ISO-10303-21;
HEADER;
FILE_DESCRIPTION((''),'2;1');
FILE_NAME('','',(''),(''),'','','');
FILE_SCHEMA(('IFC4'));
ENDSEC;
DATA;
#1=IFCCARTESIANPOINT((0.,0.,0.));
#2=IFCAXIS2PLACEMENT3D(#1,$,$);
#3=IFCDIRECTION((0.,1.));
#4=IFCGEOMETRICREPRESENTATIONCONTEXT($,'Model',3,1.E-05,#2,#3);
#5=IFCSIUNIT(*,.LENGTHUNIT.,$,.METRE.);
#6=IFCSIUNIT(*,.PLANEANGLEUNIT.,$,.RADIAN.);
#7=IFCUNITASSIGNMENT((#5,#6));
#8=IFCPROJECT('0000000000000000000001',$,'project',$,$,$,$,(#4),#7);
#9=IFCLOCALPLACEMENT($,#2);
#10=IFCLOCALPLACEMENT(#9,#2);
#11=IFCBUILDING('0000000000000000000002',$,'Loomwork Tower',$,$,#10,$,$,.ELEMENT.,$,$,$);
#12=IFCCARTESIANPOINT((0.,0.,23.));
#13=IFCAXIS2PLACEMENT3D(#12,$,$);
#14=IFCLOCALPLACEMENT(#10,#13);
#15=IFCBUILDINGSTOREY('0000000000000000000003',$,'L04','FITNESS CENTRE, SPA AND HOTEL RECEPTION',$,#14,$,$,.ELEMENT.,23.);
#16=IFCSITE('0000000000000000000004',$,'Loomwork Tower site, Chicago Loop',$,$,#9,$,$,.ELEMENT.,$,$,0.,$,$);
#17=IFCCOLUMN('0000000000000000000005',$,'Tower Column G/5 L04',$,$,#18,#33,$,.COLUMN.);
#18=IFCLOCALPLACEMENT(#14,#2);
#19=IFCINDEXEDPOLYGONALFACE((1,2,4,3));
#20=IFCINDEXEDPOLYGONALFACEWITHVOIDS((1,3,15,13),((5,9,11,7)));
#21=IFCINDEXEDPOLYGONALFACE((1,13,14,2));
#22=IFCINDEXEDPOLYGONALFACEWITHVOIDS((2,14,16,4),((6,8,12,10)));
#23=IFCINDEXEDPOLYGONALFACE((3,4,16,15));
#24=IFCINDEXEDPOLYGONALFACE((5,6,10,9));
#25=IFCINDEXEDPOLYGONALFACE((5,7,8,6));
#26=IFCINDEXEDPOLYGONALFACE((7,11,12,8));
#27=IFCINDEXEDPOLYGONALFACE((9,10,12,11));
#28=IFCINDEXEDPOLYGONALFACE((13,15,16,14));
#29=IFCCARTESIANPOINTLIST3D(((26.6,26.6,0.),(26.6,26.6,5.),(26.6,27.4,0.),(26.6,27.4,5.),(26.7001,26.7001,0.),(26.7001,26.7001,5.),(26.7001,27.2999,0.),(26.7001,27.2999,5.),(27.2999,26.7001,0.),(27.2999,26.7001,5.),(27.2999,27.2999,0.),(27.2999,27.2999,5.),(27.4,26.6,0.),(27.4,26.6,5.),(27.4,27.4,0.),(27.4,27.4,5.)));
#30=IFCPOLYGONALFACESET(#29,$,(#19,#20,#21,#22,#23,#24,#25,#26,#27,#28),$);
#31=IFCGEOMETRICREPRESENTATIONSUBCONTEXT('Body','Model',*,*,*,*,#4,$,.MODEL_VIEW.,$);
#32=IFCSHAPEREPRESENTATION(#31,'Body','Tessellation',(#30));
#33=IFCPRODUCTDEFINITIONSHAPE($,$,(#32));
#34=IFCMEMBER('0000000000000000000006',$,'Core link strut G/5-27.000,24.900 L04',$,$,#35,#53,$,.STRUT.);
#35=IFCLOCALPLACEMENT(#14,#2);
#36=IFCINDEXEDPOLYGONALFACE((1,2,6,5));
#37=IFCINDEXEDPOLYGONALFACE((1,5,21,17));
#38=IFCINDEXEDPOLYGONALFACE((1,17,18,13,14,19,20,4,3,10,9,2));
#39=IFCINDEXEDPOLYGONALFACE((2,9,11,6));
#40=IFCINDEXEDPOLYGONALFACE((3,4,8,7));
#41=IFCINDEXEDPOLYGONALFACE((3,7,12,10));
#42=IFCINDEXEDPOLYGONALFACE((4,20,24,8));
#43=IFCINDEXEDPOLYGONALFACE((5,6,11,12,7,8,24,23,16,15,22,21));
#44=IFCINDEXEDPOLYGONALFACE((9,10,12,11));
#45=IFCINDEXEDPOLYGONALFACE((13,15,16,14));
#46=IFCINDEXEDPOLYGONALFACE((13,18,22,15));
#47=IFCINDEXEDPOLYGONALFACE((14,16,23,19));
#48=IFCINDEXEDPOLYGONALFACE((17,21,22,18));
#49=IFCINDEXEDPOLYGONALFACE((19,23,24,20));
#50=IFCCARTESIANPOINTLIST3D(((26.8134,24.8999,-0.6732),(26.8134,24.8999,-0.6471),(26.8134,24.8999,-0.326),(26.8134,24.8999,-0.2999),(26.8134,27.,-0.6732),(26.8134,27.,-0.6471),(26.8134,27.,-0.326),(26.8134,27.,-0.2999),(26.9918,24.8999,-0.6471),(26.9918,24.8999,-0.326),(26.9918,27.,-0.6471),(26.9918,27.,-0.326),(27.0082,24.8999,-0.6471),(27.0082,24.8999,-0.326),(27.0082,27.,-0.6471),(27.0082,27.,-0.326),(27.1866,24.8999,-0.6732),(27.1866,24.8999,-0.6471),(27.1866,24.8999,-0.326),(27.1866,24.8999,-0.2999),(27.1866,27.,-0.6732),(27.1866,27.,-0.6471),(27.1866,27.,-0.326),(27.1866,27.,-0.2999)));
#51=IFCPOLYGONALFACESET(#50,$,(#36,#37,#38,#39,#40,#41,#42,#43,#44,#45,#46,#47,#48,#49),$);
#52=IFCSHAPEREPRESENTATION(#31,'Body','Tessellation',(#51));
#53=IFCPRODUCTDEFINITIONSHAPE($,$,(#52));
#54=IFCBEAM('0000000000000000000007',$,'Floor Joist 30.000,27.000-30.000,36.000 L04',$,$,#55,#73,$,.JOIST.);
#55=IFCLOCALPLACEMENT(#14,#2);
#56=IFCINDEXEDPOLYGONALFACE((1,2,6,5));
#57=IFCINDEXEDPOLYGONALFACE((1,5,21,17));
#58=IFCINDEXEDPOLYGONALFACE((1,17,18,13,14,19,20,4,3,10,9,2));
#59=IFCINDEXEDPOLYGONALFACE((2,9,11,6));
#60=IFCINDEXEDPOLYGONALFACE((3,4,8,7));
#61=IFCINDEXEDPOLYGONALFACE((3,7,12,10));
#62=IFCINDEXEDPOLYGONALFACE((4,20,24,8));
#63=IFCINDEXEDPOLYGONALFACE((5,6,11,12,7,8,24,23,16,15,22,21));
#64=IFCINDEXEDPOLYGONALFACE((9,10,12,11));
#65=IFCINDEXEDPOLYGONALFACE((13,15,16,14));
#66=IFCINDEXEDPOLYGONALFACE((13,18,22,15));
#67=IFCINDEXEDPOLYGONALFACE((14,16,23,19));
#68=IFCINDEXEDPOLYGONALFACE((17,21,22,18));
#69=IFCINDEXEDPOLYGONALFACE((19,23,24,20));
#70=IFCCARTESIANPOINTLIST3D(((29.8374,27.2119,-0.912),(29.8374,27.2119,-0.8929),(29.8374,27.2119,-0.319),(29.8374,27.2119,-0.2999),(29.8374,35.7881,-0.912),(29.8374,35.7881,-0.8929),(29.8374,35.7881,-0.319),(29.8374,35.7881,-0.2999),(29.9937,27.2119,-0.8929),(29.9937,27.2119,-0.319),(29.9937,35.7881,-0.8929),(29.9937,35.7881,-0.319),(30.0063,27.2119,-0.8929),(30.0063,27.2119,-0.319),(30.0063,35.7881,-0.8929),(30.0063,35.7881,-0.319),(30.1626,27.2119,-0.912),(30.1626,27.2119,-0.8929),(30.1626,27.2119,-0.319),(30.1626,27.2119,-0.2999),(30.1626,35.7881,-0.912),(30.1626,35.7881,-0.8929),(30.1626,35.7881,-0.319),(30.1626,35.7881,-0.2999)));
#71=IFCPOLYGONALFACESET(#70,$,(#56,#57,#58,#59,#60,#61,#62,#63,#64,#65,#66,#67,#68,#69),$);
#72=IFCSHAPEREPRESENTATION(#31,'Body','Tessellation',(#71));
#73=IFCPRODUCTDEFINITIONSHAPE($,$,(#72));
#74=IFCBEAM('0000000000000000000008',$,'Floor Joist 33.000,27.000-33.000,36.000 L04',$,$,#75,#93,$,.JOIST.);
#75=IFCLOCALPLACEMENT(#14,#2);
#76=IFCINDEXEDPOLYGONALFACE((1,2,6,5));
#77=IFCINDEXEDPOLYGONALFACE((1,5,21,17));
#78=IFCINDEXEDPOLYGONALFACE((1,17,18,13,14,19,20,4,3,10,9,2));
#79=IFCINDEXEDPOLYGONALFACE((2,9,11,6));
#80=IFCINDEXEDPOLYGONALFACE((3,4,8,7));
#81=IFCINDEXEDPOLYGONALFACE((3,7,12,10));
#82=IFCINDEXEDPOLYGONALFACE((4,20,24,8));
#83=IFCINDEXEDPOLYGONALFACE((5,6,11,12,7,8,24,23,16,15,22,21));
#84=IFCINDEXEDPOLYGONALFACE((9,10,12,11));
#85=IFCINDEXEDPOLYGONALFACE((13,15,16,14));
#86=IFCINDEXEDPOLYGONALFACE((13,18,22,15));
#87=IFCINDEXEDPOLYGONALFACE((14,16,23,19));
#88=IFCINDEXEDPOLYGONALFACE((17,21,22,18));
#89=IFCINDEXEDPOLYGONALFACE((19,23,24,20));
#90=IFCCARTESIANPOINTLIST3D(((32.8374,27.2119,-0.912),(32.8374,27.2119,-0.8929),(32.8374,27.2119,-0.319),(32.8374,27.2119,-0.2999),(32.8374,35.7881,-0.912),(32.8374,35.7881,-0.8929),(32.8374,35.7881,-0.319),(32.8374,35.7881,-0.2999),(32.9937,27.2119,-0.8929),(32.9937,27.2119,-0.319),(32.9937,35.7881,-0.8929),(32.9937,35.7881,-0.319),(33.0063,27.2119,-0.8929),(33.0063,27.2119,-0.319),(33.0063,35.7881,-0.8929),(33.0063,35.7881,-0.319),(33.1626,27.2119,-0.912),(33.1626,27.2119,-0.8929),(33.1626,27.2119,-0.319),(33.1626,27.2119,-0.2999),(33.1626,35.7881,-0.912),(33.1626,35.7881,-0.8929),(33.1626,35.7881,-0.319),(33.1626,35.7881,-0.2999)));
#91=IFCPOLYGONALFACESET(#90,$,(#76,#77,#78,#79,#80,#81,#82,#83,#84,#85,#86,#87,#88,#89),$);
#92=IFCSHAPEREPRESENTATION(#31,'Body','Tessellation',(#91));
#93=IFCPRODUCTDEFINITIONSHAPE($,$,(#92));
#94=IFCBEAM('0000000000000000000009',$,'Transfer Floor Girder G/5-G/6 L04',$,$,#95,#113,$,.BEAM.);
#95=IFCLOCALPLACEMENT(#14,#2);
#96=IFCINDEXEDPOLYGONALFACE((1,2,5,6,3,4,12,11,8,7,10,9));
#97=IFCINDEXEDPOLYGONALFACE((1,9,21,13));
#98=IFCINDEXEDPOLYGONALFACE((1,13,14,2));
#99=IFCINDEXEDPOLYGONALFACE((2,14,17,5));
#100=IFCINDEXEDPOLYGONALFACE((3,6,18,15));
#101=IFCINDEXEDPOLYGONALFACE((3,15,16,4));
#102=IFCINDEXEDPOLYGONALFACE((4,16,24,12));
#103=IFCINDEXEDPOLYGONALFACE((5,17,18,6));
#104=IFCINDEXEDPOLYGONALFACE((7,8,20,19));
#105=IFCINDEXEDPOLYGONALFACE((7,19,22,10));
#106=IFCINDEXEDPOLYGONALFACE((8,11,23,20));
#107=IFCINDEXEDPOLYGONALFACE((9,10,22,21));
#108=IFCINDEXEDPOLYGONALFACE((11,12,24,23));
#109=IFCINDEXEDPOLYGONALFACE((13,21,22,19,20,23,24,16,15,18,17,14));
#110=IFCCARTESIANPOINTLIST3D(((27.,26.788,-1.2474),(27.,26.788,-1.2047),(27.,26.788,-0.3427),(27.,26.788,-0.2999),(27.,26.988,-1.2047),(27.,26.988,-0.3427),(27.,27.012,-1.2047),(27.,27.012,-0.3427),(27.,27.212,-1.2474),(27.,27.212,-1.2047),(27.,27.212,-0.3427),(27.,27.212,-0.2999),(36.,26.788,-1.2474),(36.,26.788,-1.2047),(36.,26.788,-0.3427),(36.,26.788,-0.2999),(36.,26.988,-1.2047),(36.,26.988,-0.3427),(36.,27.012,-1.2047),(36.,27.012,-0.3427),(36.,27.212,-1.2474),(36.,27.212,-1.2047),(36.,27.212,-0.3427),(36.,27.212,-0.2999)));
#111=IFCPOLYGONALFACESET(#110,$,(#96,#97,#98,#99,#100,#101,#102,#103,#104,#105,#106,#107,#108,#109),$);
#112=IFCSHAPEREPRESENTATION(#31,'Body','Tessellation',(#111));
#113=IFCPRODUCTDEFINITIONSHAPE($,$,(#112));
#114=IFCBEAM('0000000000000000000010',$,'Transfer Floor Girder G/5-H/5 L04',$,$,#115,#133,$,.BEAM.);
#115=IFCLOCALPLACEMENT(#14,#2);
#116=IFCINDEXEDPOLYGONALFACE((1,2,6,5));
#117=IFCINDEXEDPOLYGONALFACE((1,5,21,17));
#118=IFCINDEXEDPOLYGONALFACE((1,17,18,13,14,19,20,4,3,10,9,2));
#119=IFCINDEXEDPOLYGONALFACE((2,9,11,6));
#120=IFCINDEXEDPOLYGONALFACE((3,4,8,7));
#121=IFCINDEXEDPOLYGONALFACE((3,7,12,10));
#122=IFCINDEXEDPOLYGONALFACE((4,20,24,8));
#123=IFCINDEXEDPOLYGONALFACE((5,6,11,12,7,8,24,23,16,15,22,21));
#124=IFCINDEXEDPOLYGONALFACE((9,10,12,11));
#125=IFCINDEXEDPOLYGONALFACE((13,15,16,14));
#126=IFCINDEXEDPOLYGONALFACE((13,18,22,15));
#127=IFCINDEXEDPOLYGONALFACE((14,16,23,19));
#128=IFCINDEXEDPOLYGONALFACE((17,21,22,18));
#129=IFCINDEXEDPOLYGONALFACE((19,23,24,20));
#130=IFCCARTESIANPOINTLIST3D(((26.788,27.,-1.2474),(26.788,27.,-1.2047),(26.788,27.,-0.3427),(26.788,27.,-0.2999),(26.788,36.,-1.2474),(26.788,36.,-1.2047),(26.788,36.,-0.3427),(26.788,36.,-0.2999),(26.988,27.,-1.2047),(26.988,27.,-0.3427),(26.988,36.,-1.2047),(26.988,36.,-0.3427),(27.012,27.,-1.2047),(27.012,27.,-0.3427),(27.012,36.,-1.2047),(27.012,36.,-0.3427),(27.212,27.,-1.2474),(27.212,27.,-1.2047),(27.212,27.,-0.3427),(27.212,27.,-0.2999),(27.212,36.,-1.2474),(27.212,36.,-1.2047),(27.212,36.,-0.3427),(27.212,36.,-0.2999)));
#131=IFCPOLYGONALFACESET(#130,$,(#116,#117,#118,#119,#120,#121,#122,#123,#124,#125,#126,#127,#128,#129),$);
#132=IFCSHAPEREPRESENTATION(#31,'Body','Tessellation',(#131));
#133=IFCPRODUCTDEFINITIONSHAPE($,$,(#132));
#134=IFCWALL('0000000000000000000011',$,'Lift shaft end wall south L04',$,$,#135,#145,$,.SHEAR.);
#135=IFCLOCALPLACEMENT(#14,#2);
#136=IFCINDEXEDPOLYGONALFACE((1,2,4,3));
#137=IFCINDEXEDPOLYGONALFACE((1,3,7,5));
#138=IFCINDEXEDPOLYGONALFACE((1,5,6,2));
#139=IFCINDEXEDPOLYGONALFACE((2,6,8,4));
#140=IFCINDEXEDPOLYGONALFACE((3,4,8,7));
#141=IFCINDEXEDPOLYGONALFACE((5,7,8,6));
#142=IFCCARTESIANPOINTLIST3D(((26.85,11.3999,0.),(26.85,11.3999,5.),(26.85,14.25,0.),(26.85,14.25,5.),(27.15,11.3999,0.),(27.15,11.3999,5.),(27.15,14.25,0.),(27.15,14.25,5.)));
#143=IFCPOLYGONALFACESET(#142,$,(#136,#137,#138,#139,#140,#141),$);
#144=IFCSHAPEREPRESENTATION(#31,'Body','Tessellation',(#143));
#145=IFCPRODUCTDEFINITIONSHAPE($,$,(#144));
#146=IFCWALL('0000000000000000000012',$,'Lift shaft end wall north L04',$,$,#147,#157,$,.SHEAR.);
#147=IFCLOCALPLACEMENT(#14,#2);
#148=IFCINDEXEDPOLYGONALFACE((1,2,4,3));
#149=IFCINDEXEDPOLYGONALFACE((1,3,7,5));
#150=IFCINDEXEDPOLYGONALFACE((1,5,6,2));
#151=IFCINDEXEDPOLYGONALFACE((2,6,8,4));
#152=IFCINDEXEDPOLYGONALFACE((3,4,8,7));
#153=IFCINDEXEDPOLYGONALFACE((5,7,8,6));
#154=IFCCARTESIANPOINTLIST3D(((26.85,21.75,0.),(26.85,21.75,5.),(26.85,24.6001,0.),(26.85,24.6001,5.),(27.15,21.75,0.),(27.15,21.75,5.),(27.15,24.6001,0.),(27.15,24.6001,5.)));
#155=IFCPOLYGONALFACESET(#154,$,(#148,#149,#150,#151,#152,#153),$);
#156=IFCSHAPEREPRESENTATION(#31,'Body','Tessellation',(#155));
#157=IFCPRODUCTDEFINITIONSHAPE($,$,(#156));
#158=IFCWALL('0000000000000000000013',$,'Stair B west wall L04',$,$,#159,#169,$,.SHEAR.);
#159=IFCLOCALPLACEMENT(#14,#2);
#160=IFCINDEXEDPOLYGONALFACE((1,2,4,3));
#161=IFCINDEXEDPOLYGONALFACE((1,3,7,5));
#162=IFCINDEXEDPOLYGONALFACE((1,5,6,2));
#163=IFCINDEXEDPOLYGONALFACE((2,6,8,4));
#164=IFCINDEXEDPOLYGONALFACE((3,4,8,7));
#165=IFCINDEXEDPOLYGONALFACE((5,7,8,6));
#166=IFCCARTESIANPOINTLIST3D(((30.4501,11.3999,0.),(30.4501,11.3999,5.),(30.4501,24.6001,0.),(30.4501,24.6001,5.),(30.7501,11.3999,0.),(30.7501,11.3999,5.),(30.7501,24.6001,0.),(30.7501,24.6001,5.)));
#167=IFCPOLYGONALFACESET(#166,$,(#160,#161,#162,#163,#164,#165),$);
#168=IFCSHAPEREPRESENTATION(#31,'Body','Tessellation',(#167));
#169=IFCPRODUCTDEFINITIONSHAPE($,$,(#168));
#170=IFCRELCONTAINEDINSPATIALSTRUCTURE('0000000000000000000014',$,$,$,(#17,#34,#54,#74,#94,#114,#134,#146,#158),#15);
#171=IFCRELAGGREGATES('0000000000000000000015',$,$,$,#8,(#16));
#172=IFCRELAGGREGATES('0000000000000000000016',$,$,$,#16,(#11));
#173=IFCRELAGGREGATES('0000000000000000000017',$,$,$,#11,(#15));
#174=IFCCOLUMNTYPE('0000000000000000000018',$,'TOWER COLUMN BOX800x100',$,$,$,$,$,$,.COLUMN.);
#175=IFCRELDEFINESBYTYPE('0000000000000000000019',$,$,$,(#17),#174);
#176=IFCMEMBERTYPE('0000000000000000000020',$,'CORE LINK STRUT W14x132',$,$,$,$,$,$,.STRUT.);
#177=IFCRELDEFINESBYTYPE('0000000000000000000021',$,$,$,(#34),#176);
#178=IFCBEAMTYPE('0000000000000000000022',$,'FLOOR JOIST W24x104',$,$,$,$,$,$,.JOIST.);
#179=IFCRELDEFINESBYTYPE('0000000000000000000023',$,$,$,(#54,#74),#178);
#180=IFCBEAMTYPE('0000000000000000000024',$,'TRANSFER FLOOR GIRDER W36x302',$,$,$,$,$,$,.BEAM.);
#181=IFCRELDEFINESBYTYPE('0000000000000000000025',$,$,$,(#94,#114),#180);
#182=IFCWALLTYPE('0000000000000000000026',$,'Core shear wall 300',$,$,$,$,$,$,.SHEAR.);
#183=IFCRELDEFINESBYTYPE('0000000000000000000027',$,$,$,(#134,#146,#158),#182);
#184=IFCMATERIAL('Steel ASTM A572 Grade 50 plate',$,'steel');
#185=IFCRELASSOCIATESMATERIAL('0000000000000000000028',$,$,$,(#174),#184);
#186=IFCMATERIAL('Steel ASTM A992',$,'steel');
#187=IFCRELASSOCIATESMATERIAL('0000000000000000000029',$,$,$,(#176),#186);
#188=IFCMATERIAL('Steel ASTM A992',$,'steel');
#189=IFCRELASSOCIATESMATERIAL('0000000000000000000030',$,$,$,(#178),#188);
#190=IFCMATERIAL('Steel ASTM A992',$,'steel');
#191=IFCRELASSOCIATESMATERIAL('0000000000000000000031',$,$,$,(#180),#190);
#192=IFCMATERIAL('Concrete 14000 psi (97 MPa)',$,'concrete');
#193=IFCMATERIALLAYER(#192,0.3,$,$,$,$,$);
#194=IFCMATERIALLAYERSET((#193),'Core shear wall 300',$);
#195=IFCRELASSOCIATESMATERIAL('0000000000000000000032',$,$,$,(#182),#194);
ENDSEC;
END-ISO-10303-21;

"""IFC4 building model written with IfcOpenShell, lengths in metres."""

from ifc_helpers import new_model, si_unit, direction, frame, frame_2d, origin, origin_2d, place, context, subcontext, project, spatial, rectangle, hollow_rectangle, i_section, extrude, material, layer, layer_set, material_profile, profile_set, type_object, element, save


model = new_model("IFC4")

# Units and contexts
model_context = context("Model", 3, precision=1e-05, world=origin(), true_north=direction((0.0, 1.0)))
body_context = subcontext(model_context, "Body", "Model", "MODEL_VIEW")
ifc_project = project(units=[si_unit("LENGTHUNIT", "METRE"), si_unit("PLANEANGLEUNIT", "RADIAN")], contexts=[model_context])

# Site, building, storey
site_placement = place(None, origin())
site = spatial("IfcSite", under=ifc_project, at=site_placement, Name="Loomwork Tower site, Chicago Loop", CompositionType="ELEMENT", RefElevation=0.0)
building_placement = place(site_placement, origin())
building = spatial("IfcBuilding", under=site, at=building_placement, Name="Loomwork Tower", CompositionType="ELEMENT")
storey_placement = place(building_placement, frame((0.0, 0.0, 23.0)))
storey = spatial("IfcBuildingStorey", under=building, at=storey_placement, Name="L04", Description="FITNESS CENTRE, SPA AND HOTEL RECEPTION", CompositionType="ELEMENT", Elevation=23.0)

# Column
ifc_material_1 = material(Name="Steel ASTM A572 Grade 50 plate", Category="steel")
ifc_material_profile_1 = material_profile(ifc_material_1, hollow_rectangle(XDim=0.8, YDim=0.8, WallThickness=0.1001, at=origin_2d()), Name="BOX800x100")
ifc_profile_set_1 = profile_set([ifc_material_profile_1], Name="Steel ASTM A572 Grade 50 plate")
column_type = type_object("IfcColumnType", Name="TOWER COLUMN BOX800x100", PredefinedType="COLUMN", material=ifc_profile_set_1)
column_placement = place(storey_placement, frame((27.0, 27.0, 0.0), z_axis=(0.0, 0.0, 1.0), x_axis=(1.0, 0.0, 0.0)))
element("IfcColumn", 1, at=column_placement, inside=storey, type_object=column_type, Name="Tower Column G/5 L04", PredefinedType="COLUMN", context=body_context, shape_type="SweptSolid", body=[
    extrude(hollow_rectangle(XDim=0.8, YDim=0.8, WallThickness=0.1001, at=origin_2d()), origin(), (0.0, 0.0, 1.0), 5.0),
])

# Member
ifc_material_2 = material(Name="Steel ASTM A992", Category="steel")
ifc_material_profile_2 = material_profile(ifc_material_2, i_section(OverallWidth=0.3733, OverallDepth=0.3733, WebThickness=0.0164, FlangeThickness=0.0261, at=origin_2d()), Name="W14x132")
ifc_profile_set_2 = profile_set([ifc_material_profile_2], Name="Steel ASTM A992")
member_type = type_object("IfcMemberType", Name="CORE LINK STRUT W14x132", PredefinedType="STRUT", material=ifc_profile_set_2)
member_placement = place(storey_placement, frame((27.0, 27.0, -0.4866), z_axis=(0.0, -1.0, 0.0), x_axis=(1.0, 0.0, 0.0)))
element("IfcMember", 2, at=member_placement, inside=storey, type_object=member_type, Name="Core link strut G/5-27.000,24.900 L04", PredefinedType="STRUT", context=body_context, shape_type="SweptSolid", body=[
    extrude(i_section(OverallWidth=0.3733, OverallDepth=0.3733, WebThickness=0.0164, FlangeThickness=0.0261, at=origin_2d()), origin(), (0.0, 0.0, 1.0), 2.1001),
])

# Beams
ifc_material_3 = material(Name="Steel ASTM A992", Category="steel")
ifc_material_profile_3 = material_profile(ifc_material_3, i_section(OverallWidth=0.3252, OverallDepth=0.6121, WebThickness=0.0127, FlangeThickness=0.019, at=origin_2d()), Name="W24x104")
ifc_profile_set_3 = profile_set([ifc_material_profile_3], Name="Steel ASTM A992")
beam_type_1 = type_object("IfcBeamType", Name="FLOOR JOIST W24x104", PredefinedType="JOIST", material=ifc_profile_set_3)
for number, where, z_axis, x_axis, name in (
    (3, (30.0, 27.2119, -0.606), (0.0, 1.0, 0.0), (-1.0, 0.0, 0.0), "Floor Joist 30.000,27.000-30.000,36.000 L04"),
    (4, (33.0, 27.2119, -0.606), (0.0, 1.0, 0.0), (-1.0, 0.0, 0.0), "Floor Joist 33.000,27.000-33.000,36.000 L04"),
):
    element("IfcBeam", number, at=place(storey_placement, frame(where, z_axis=z_axis, x_axis=x_axis)), inside=storey, type_object=beam_type_1, Name=name, PredefinedType="JOIST", context=body_context, shape_type="SweptSolid", body=[
        extrude(i_section(OverallWidth=0.3252, OverallDepth=0.6121, WebThickness=0.0127, FlangeThickness=0.019, at=origin_2d()), origin(), (0.0, 0.0, 1.0), 8.5762),
    ])
ifc_material_4 = material(Name="Steel ASTM A992", Category="steel")
ifc_material_profile_4 = material_profile(ifc_material_4, i_section(OverallWidth=0.4241, OverallDepth=0.9475, WebThickness=0.0239, FlangeThickness=0.0427, at=origin_2d()), Name="W36x302")
ifc_profile_set_4 = profile_set([ifc_material_profile_4], Name="Steel ASTM A992")
beam_type_2 = type_object("IfcBeamType", Name="TRANSFER FLOOR GIRDER W36x302", PredefinedType="BEAM", material=ifc_profile_set_4)
for number, where, z_axis, x_axis, name in (
    (5, (27.0, 27.0, -0.7737), (1.0, 0.0, 0.0), (0.0, 1.0, 0.0), "Transfer Floor Girder G/5-G/6 L04"),
    (6, (27.0, 27.0, -0.7737), (0.0, 1.0, 0.0), (-1.0, 0.0, 0.0), "Transfer Floor Girder G/5-H/5 L04"),
):
    element("IfcBeam", number, at=place(storey_placement, frame(where, z_axis=z_axis, x_axis=x_axis)), inside=storey, type_object=beam_type_2, Name=name, PredefinedType="BEAM", context=body_context, shape_type="SweptSolid", body=[
        extrude(i_section(OverallWidth=0.4241, OverallDepth=0.9475, WebThickness=0.0239, FlangeThickness=0.0427, at=origin_2d()), origin(), (0.0, 0.0, 1.0), 9.0),
    ])

# Walls
ifc_material_5 = material(Name="Concrete 14000 psi (97 MPa)", Category="concrete")
ifc_layer_1 = layer(ifc_material_5, 0.3)
ifc_layer_set_1 = layer_set([ifc_layer_1], Name="Core shear wall 300")
wall_type_1 = type_object("IfcWallType", Name="Core shear wall 300", PredefinedType="SHEAR", material=ifc_layer_set_1)
for number, where, z_axis, x_axis, name in (
    (7, (27.0, 11.3999, 0.0), (0.0, 0.0, 1.0), (0.0, 1.0, 0.0), "Lift shaft end wall south L04"),
    (8, (27.0, 21.75, 0.0), (0.0, 0.0, 1.0), (0.0, 1.0, 0.0), "Lift shaft end wall north L04"),
):
    element("IfcWall", number, at=place(storey_placement, frame(where, z_axis=z_axis, x_axis=x_axis)), inside=storey, type_object=wall_type_1, Name=name, PredefinedType="SHEAR", context=body_context, shape_type="SweptSolid", body=[
        extrude(rectangle(XDim=2.8501, YDim=0.3, at=frame_2d((1.425, 0.0))), origin(), (0.0, 0.0, 1.0), 5.0),
    ])
wall_1_placement = place(storey_placement, frame((30.6001, 11.3999, 0.0), z_axis=(0.0, 0.0, 1.0), x_axis=(0.0, 1.0, 0.0)))
element("IfcWall", 9, at=wall_1_placement, inside=storey, type_object=wall_type_1, Name="Stair B west wall L04", PredefinedType="SHEAR", context=body_context, shape_type="SweptSolid", body=[
    extrude(rectangle(XDim=13.2002, YDim=0.3, at=frame_2d((6.6001, 0.0))), origin(), (0.0, 0.0, 1.0), 5.0),
])

save(model, "model.ifc")
